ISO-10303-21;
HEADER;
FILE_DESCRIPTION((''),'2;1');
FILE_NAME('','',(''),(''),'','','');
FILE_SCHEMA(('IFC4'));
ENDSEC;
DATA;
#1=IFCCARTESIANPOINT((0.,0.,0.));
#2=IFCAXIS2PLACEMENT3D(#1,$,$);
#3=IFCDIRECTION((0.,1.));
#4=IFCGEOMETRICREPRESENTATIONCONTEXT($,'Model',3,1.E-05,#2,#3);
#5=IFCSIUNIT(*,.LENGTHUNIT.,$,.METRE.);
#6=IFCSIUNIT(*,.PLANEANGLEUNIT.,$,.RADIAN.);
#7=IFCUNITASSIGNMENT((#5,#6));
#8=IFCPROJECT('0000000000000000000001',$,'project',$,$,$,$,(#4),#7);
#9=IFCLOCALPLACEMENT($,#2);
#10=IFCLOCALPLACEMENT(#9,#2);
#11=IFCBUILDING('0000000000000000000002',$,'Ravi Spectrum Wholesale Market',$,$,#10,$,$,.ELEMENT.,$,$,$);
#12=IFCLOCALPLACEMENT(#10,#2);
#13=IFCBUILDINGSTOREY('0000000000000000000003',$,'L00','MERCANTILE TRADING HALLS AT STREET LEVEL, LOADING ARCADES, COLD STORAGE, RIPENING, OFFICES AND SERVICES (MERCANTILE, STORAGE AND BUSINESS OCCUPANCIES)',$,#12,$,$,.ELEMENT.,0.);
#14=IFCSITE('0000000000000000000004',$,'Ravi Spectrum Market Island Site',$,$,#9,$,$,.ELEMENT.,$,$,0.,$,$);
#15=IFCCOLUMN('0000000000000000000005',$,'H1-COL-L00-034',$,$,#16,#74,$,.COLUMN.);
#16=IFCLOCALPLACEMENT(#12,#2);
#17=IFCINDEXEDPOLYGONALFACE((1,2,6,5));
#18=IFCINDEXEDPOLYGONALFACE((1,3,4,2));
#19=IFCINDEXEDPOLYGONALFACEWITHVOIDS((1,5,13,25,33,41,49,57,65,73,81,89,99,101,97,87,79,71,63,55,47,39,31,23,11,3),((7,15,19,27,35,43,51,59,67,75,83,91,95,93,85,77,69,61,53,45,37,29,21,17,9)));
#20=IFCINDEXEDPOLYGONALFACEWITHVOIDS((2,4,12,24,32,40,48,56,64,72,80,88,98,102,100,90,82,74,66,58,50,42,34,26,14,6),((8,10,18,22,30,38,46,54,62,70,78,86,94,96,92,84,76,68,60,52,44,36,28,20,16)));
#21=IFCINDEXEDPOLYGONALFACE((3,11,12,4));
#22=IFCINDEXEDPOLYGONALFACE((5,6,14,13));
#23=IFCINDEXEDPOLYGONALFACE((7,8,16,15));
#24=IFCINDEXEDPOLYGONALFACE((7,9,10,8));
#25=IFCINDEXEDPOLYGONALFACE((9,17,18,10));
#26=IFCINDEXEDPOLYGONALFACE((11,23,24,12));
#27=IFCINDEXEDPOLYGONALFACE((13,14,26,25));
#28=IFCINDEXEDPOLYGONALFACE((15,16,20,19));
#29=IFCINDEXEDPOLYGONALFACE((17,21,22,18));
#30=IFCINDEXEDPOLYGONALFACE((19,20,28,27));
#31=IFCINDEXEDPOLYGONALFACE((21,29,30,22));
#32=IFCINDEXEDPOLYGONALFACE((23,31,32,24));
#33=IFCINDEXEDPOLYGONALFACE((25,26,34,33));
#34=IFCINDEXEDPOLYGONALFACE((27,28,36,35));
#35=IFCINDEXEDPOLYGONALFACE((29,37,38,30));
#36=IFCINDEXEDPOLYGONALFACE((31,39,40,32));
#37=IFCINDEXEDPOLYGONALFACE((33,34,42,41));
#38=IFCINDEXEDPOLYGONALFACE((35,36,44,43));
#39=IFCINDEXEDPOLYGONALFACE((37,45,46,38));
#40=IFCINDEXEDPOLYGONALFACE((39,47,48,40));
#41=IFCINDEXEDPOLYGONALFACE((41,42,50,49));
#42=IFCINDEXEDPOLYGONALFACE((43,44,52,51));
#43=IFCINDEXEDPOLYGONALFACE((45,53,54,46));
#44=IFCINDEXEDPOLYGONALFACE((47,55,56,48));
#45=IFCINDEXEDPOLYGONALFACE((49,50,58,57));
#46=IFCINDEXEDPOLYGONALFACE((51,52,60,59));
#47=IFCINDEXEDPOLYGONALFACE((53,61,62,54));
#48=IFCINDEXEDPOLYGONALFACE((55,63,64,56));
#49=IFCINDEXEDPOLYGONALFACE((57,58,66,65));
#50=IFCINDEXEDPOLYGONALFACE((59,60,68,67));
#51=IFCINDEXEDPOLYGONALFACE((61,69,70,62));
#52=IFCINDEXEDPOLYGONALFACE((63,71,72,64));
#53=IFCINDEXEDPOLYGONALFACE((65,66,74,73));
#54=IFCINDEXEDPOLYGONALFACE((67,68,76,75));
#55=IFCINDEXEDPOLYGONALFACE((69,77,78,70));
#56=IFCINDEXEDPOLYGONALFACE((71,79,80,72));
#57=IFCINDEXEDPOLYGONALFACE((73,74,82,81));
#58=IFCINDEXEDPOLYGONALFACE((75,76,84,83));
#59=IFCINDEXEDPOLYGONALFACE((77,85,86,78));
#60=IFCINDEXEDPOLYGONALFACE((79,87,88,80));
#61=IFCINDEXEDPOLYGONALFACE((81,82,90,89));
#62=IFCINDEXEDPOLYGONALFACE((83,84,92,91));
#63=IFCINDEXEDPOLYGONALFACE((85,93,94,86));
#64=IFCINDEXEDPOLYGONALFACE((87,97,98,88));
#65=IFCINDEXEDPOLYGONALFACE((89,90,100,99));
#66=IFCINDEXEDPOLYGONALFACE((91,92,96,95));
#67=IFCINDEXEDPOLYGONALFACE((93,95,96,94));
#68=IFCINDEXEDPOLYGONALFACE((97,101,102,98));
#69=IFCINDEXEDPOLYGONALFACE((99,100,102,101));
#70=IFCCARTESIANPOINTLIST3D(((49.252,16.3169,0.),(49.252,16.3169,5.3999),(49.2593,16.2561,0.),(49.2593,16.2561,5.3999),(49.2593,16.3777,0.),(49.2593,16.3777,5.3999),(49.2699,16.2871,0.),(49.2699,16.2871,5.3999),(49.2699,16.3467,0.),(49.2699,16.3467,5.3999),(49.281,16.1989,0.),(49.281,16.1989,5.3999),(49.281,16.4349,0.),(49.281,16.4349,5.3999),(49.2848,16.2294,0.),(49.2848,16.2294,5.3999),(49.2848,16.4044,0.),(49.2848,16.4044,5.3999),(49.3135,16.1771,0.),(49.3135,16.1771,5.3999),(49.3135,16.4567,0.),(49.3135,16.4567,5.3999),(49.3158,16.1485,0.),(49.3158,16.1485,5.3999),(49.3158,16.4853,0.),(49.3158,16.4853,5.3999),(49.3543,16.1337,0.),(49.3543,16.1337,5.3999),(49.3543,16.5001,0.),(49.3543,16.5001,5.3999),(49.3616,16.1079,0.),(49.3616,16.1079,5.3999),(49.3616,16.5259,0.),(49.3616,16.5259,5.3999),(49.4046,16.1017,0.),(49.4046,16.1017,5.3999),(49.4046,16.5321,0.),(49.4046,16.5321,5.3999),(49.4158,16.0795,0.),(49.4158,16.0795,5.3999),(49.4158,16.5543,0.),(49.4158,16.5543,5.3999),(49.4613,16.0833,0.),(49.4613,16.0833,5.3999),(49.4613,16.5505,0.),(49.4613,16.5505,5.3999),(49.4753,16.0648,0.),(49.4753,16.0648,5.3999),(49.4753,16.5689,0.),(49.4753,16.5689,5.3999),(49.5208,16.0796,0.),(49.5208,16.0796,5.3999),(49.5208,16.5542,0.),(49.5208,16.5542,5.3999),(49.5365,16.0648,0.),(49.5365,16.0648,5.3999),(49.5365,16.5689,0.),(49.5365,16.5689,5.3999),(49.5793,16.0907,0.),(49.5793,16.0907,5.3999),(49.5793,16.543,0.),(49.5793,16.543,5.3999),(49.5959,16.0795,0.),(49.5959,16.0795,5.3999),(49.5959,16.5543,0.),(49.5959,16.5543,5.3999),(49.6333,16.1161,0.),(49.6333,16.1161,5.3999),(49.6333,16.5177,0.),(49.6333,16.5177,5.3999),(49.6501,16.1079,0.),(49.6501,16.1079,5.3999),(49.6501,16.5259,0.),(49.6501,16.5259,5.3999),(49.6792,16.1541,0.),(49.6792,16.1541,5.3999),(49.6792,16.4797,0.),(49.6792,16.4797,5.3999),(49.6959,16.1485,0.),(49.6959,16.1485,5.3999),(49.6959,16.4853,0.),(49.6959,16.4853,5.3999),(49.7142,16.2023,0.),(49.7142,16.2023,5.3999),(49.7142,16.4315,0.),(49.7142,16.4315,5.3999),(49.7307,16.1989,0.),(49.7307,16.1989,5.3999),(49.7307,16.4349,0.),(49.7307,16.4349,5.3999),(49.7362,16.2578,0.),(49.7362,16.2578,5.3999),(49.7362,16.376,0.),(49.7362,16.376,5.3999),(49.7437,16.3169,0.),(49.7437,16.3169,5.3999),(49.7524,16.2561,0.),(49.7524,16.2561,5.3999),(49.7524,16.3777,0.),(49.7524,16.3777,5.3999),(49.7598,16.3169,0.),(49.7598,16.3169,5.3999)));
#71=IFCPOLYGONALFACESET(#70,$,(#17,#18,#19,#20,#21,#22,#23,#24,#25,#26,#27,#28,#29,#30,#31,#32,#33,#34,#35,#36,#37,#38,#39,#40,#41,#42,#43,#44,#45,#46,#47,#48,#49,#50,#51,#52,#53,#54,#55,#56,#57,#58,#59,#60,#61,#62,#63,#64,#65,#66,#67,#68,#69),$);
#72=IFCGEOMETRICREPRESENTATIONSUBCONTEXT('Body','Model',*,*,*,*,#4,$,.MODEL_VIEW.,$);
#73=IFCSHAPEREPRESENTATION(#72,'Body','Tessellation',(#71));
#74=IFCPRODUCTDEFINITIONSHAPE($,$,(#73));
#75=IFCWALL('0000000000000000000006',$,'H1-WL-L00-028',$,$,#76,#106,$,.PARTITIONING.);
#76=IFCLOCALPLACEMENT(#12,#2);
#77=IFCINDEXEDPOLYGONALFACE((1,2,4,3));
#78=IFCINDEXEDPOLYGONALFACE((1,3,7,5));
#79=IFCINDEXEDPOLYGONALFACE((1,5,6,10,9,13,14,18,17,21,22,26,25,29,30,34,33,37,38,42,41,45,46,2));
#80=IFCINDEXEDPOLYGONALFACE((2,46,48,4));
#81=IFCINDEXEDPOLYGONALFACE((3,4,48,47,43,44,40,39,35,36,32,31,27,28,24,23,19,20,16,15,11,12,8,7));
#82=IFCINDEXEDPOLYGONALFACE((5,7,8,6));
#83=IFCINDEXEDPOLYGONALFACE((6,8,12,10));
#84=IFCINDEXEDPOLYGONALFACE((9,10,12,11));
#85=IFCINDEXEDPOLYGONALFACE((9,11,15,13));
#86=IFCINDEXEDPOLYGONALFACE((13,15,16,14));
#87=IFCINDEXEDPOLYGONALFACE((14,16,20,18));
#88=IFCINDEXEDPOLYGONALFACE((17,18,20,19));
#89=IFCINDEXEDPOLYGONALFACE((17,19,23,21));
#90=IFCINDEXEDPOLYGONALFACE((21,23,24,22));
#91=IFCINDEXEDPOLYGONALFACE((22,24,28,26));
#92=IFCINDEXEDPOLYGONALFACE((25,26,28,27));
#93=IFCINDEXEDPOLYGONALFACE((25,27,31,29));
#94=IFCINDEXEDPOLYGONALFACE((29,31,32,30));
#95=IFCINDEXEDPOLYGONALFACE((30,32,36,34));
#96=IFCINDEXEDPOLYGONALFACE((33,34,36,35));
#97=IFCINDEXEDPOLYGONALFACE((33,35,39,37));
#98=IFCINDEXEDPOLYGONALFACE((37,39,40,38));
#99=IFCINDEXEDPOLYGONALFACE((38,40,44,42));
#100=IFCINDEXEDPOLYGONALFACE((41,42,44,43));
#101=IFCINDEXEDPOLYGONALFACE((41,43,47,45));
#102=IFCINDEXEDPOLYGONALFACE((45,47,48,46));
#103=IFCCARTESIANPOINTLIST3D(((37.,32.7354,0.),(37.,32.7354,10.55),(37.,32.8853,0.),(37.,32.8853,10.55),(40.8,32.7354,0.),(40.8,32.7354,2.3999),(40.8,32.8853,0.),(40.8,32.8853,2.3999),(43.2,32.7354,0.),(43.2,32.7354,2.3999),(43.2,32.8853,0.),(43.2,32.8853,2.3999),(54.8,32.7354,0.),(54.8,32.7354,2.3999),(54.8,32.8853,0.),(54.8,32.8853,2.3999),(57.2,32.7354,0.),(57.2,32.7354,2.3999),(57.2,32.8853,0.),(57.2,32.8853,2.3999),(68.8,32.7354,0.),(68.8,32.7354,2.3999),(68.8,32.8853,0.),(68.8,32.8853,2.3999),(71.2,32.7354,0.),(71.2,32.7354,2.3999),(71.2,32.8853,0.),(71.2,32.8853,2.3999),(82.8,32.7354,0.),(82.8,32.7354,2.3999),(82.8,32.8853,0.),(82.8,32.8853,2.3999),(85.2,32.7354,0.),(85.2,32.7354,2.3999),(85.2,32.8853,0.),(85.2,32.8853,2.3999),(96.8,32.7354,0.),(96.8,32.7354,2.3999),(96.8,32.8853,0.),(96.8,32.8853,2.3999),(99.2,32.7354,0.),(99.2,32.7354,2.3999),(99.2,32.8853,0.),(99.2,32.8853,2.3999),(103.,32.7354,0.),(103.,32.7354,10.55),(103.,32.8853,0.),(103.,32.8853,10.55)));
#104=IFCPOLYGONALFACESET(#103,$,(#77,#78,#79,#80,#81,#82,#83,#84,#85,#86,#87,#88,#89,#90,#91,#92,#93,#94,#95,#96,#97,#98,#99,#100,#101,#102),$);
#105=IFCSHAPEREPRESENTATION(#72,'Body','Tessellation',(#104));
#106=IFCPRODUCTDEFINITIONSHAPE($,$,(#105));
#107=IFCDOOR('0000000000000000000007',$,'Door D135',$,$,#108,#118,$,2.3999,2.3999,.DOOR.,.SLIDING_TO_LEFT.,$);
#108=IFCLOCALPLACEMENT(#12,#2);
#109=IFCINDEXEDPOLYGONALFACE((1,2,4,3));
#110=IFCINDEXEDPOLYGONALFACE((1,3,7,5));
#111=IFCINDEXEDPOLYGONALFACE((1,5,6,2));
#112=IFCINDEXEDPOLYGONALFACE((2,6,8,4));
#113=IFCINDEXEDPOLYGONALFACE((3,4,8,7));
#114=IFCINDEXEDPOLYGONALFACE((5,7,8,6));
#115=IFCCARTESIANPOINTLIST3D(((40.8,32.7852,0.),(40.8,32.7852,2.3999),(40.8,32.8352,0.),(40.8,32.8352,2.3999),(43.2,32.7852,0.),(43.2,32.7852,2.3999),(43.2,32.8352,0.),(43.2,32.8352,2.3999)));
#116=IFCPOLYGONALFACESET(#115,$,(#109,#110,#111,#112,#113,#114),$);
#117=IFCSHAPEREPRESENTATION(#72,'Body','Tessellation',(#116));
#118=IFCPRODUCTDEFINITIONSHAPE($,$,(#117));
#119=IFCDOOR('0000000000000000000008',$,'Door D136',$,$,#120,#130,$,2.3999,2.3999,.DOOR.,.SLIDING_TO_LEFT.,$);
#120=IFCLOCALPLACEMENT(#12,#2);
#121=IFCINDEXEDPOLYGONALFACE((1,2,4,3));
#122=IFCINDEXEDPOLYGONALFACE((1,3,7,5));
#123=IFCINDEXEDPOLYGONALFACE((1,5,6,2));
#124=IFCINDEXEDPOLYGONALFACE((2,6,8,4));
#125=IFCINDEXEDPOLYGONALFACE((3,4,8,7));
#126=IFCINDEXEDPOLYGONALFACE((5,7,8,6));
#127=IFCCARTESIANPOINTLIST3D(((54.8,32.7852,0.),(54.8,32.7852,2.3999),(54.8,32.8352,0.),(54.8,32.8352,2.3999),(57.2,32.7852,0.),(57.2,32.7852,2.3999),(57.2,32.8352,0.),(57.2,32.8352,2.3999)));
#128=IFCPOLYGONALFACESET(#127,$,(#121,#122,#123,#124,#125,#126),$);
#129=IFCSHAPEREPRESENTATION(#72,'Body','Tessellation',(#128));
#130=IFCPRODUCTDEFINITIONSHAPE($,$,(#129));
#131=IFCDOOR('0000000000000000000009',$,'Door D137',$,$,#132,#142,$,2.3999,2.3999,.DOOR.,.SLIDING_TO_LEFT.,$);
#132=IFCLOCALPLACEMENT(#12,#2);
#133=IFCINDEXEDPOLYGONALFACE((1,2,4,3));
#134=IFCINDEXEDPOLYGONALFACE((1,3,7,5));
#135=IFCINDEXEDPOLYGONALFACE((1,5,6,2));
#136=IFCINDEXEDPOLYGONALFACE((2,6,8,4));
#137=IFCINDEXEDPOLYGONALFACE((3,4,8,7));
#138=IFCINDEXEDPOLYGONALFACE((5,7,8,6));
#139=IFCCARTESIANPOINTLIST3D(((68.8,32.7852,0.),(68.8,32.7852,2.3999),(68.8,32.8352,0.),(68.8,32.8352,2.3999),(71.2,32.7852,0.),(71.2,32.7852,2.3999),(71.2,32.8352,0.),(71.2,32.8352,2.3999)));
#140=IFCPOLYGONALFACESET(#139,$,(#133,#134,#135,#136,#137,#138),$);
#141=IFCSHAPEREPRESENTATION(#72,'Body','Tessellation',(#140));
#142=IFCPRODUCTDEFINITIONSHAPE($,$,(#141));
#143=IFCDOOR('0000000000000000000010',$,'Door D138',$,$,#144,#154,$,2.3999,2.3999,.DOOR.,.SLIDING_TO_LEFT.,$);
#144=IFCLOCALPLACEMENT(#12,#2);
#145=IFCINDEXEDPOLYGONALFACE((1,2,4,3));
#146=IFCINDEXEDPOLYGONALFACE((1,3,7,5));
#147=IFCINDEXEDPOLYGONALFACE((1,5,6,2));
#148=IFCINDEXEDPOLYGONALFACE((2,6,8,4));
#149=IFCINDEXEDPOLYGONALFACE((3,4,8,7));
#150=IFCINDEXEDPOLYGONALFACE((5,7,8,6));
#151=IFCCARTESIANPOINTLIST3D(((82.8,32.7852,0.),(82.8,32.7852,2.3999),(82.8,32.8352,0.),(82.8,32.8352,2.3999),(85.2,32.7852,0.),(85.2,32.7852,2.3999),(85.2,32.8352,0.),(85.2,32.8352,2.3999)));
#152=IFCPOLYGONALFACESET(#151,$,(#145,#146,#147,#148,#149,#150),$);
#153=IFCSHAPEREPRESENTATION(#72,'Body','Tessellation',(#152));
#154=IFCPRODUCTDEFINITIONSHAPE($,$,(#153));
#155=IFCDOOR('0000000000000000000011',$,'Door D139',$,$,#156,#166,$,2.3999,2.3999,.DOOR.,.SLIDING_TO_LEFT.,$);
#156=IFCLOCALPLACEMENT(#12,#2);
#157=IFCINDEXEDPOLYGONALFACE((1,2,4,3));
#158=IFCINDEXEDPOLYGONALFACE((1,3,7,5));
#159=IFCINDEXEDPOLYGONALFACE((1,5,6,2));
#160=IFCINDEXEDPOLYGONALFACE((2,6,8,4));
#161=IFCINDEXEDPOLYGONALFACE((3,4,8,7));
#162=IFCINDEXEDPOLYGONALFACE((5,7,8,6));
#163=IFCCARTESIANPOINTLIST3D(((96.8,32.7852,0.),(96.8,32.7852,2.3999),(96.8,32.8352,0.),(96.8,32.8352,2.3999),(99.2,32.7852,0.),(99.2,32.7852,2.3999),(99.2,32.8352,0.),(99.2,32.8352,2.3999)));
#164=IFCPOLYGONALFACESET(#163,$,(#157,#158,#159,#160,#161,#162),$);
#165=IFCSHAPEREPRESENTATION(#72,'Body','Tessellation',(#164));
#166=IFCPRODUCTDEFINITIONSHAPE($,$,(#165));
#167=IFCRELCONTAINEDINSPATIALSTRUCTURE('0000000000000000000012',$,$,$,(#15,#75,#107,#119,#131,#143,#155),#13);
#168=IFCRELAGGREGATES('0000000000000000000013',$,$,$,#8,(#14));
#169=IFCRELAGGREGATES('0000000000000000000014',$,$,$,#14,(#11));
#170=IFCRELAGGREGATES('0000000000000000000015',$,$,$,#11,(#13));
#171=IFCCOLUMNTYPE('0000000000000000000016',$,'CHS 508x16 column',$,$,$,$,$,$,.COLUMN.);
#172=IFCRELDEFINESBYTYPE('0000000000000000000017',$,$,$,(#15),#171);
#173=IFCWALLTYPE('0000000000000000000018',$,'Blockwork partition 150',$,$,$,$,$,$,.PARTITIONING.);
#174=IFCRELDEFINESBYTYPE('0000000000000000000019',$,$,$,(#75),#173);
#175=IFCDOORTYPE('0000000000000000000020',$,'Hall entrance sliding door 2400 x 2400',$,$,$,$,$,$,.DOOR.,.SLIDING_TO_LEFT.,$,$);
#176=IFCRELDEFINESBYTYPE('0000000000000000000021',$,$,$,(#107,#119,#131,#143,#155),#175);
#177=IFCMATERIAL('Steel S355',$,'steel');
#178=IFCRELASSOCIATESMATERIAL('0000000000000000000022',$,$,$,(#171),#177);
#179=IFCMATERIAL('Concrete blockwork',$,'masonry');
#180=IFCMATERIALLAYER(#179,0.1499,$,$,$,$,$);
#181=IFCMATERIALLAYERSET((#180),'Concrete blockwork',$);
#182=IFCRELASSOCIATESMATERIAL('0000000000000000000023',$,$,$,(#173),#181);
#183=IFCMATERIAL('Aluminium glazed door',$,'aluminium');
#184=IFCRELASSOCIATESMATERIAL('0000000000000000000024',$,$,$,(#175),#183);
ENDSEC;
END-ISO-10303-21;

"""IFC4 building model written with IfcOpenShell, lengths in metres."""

from ifc_helpers import new_model, si_unit, direction, frame, frame_2d, origin, origin_2d, place, context, subcontext, project, spatial, rectangle, hollow_circle, extrude, material, layer, layer_set, material_profile, profile_set, type_object, element, fill, save


model = new_model("IFC4")

# Units and contexts
model_context = context("Model", 3, precision=1e-05, world=origin(), true_north=direction((0.0, 1.0)))
body_context = subcontext(model_context, "Body", "Model", "MODEL_VIEW")
ifc_project = project(units=[si_unit("LENGTHUNIT", "METRE"), si_unit("PLANEANGLEUNIT", "RADIAN")], contexts=[model_context])

# Site, building, storey
site_placement = place(None, origin())
site = spatial("IfcSite", under=ifc_project, at=site_placement, Name="Ravi Spectrum Market Island Site", CompositionType="ELEMENT", RefElevation=0.0)
building_placement = place(site_placement, origin())
building = spatial("IfcBuilding", under=site, at=building_placement, Name="Ravi Spectrum Wholesale Market", CompositionType="ELEMENT")
storey_placement = place(building_placement, origin())
storey = spatial("IfcBuildingStorey", under=building, at=storey_placement, Name="L00", Description="MERCANTILE TRADING HALLS AT STREET LEVEL, LOADING ARCADES, COLD STORAGE, RIPENING, OFFICES AND SERVICES (MERCANTILE, STORAGE AND BUSINESS OCCUPANCIES)", CompositionType="ELEMENT", Elevation=0.0)

# Column
ifc_material_1 = material(Name="Steel S355", Category="steel")
ifc_material_profile = material_profile(ifc_material_1, hollow_circle(Radius=0.2539, WallThickness=0.0161, at=origin_2d()))
ifc_profile_set = profile_set([ifc_material_profile], Name="Steel S355")
column_type = type_object("IfcColumnType", Name="CHS 508x16 column", PredefinedType="COLUMN", material=ifc_profile_set)
for number, where, z_axis, x_axis, name in (
    (1, (49.5059, 16.3169, 0.0), (0.0, 0.0, 1.0), (1.0, 0.0, 0.0), "H1-COL-L00-034"),
):
    element("IfcColumn", number, at=place(storey_placement, frame(where, z_axis=z_axis, x_axis=x_axis)), inside=storey, type_object=column_type, Name=name, PredefinedType="COLUMN", context=body_context, shape_type="SweptSolid", body=[
        extrude(hollow_circle(Radius=0.2539, WallThickness=0.0161, at=origin_2d()), origin(), (0.0, 0.0, 1.0), 5.3999),
    ])

# Wall, openings, doors
ifc_material_2 = material(Name="Concrete blockwork", Category="masonry")
ifc_layer_1 = layer(ifc_material_2, 0.1499)
ifc_layer_set_1 = layer_set([ifc_layer_1], Name="Concrete blockwork")
wall_type_1 = type_object("IfcWallType", Name="Blockwork partition 150", PredefinedType="PARTITIONING", material=ifc_layer_set_1)
wall_1_placement = place(storey_placement, frame((37.0, 32.8103, 0.0), z_axis=(0.0, 0.0, 1.0), x_axis=(1.0, 0.0, 0.0)))
wall_1 = element("IfcWall", 2, at=wall_1_placement, inside=storey, type_object=wall_type_1, Name="H1-WL-L00-028", PredefinedType="PARTITIONING", context=body_context, shape_type="SweptSolid", body=[
    extrude(rectangle(XDim=66.0, YDim=0.1499, at=frame_2d((33.0, 0.0))), origin(), (0.0, 0.0, 1.0), 10.55),
])
opening_1_placement = place(wall_1_placement, frame((3.8, 0.0, 0.0)))
opening_1 = element("IfcOpeningElement", 3, at=opening_1_placement, cuts=wall_1, PredefinedType="OPENING", context=body_context, shape_type="SweptSolid", body=[
    extrude(rectangle(XDim=2.3999, YDim=2.3999, at=frame_2d((1.2, 1.2))), frame((0.0, 0.085, 0.0), z_axis=(0.0, -1.0, 0.0), x_axis=(1.0, 0.0, 0.0)), (0.0, 0.0, 1.0), 0.1699),
])
opening_2_placement = place(wall_1_placement, frame((17.8, 0.0, 0.0)))
opening_2 = element("IfcOpeningElement", 4, at=opening_2_placement, cuts=wall_1, PredefinedType="OPENING", context=body_context, shape_type="SweptSolid", body=[
    extrude(rectangle(XDim=2.3999, YDim=2.3999, at=frame_2d((1.2, 1.2))), frame((0.0, 0.085, 0.0), z_axis=(0.0, -1.0, 0.0), x_axis=(1.0, 0.0, 0.0)), (0.0, 0.0, 1.0), 0.1699),
])
opening_3_placement = place(wall_1_placement, frame((31.8, 0.0, 0.0)))
opening_3 = element("IfcOpeningElement", 5, at=opening_3_placement, cuts=wall_1, PredefinedType="OPENING", context=body_context, shape_type="SweptSolid", body=[
    extrude(rectangle(XDim=2.3999, YDim=2.3999, at=frame_2d((1.2, 1.2))), frame((0.0, 0.085, 0.0), z_axis=(0.0, -1.0, 0.0), x_axis=(1.0, 0.0, 0.0)), (0.0, 0.0, 1.0), 0.1699),
])
opening_4_placement = place(wall_1_placement, frame((45.8, 0.0, 0.0)))
opening_4 = element("IfcOpeningElement", 6, at=opening_4_placement, cuts=wall_1, PredefinedType="OPENING", context=body_context, shape_type="SweptSolid", body=[
    extrude(rectangle(XDim=2.3999, YDim=2.3999, at=frame_2d((1.2, 1.2))), frame((0.0, 0.085, 0.0), z_axis=(0.0, -1.0, 0.0), x_axis=(1.0, 0.0, 0.0)), (0.0, 0.0, 1.0), 0.1699),
])
opening_5_placement = place(wall_1_placement, frame((59.8, 0.0, 0.0)))
opening_5 = element("IfcOpeningElement", 7, at=opening_5_placement, cuts=wall_1, PredefinedType="OPENING", context=body_context, shape_type="SweptSolid", body=[
    extrude(rectangle(XDim=2.3999, YDim=2.3999, at=frame_2d((1.2, 1.2))), frame((0.0, 0.085, 0.0), z_axis=(0.0, -1.0, 0.0), x_axis=(1.0, 0.0, 0.0)), (0.0, 0.0, 1.0), 0.1699),
])
ifc_material_3 = material(Name="Aluminium glazed door", Category="aluminium")
door_type = type_object("IfcDoorType", Name="Hall entrance sliding door 2400 x 2400", OperationType="SLIDING_TO_LEFT", PredefinedType="DOOR", material=ifc_material_3)
door_1_placement = place(opening_1_placement, origin())
door_1 = element("IfcDoor", 8, at=door_1_placement, inside=storey, type_object=door_type, Name="Door D135", OperationType="SLIDING_TO_LEFT", OverallHeight=2.3999, OverallWidth=2.3999, PredefinedType="DOOR", context=body_context, shape_type="SweptSolid", body=[
    extrude(rectangle(XDim=2.3999, YDim=2.3999, at=frame_2d((1.2, 1.2))), frame((0.0, 0.0249, 0.0), z_axis=(0.0, -1.0, 0.0), x_axis=(1.0, 0.0, 0.0)), (0.0, 0.0, 1.0), 0.05),
])
fill(opening_1, door_1)
door_2_placement = place(opening_2_placement, origin())
door_2 = element("IfcDoor", 9, at=door_2_placement, inside=storey, type_object=door_type, Name="Door D136", OperationType="SLIDING_TO_LEFT", OverallHeight=2.3999, OverallWidth=2.3999, PredefinedType="DOOR", context=body_context, shape_type="SweptSolid", body=[
    extrude(rectangle(XDim=2.3999, YDim=2.3999, at=frame_2d((1.2, 1.2))), frame((0.0, 0.0249, 0.0), z_axis=(0.0, -1.0, 0.0), x_axis=(1.0, 0.0, 0.0)), (0.0, 0.0, 1.0), 0.05),
])
fill(opening_2, door_2)
door_3_placement = place(opening_3_placement, origin())
door_3 = element("IfcDoor", 10, at=door_3_placement, inside=storey, type_object=door_type, Name="Door D137", OperationType="SLIDING_TO_LEFT", OverallHeight=2.3999, OverallWidth=2.3999, PredefinedType="DOOR", context=body_context, shape_type="SweptSolid", body=[
    extrude(rectangle(XDim=2.3999, YDim=2.3999, at=frame_2d((1.2, 1.2))), frame((0.0, 0.0249, 0.0), z_axis=(0.0, -1.0, 0.0), x_axis=(1.0, 0.0, 0.0)), (0.0, 0.0, 1.0), 0.05),
])
fill(opening_3, door_3)
door_4_placement = place(opening_4_placement, origin())
door_4 = element("IfcDoor", 11, at=door_4_placement, inside=storey, type_object=door_type, Name="Door D138", OperationType="SLIDING_TO_LEFT", OverallHeight=2.3999, OverallWidth=2.3999, PredefinedType="DOOR", context=body_context, shape_type="SweptSolid", body=[
    extrude(rectangle(XDim=2.3999, YDim=2.3999, at=frame_2d((1.2, 1.2))), frame((0.0, 0.0249, 0.0), z_axis=(0.0, -1.0, 0.0), x_axis=(1.0, 0.0, 0.0)), (0.0, 0.0, 1.0), 0.05),
])
fill(opening_4, door_4)
door_5_placement = place(opening_5_placement, origin())
door_5 = element("IfcDoor", 12, at=door_5_placement, inside=storey, type_object=door_type, Name="Door D139", OperationType="SLIDING_TO_LEFT", OverallHeight=2.3999, OverallWidth=2.3999, PredefinedType="DOOR", context=body_context, shape_type="SweptSolid", body=[
    extrude(rectangle(XDim=2.3999, YDim=2.3999, at=frame_2d((1.2, 1.2))), frame((0.0, 0.0249, 0.0), z_axis=(0.0, -1.0, 0.0), x_axis=(1.0, 0.0, 0.0)), (0.0, 0.0, 1.0), 0.05),
])
fill(opening_5, door_5)

save(model, "model.ifc")
